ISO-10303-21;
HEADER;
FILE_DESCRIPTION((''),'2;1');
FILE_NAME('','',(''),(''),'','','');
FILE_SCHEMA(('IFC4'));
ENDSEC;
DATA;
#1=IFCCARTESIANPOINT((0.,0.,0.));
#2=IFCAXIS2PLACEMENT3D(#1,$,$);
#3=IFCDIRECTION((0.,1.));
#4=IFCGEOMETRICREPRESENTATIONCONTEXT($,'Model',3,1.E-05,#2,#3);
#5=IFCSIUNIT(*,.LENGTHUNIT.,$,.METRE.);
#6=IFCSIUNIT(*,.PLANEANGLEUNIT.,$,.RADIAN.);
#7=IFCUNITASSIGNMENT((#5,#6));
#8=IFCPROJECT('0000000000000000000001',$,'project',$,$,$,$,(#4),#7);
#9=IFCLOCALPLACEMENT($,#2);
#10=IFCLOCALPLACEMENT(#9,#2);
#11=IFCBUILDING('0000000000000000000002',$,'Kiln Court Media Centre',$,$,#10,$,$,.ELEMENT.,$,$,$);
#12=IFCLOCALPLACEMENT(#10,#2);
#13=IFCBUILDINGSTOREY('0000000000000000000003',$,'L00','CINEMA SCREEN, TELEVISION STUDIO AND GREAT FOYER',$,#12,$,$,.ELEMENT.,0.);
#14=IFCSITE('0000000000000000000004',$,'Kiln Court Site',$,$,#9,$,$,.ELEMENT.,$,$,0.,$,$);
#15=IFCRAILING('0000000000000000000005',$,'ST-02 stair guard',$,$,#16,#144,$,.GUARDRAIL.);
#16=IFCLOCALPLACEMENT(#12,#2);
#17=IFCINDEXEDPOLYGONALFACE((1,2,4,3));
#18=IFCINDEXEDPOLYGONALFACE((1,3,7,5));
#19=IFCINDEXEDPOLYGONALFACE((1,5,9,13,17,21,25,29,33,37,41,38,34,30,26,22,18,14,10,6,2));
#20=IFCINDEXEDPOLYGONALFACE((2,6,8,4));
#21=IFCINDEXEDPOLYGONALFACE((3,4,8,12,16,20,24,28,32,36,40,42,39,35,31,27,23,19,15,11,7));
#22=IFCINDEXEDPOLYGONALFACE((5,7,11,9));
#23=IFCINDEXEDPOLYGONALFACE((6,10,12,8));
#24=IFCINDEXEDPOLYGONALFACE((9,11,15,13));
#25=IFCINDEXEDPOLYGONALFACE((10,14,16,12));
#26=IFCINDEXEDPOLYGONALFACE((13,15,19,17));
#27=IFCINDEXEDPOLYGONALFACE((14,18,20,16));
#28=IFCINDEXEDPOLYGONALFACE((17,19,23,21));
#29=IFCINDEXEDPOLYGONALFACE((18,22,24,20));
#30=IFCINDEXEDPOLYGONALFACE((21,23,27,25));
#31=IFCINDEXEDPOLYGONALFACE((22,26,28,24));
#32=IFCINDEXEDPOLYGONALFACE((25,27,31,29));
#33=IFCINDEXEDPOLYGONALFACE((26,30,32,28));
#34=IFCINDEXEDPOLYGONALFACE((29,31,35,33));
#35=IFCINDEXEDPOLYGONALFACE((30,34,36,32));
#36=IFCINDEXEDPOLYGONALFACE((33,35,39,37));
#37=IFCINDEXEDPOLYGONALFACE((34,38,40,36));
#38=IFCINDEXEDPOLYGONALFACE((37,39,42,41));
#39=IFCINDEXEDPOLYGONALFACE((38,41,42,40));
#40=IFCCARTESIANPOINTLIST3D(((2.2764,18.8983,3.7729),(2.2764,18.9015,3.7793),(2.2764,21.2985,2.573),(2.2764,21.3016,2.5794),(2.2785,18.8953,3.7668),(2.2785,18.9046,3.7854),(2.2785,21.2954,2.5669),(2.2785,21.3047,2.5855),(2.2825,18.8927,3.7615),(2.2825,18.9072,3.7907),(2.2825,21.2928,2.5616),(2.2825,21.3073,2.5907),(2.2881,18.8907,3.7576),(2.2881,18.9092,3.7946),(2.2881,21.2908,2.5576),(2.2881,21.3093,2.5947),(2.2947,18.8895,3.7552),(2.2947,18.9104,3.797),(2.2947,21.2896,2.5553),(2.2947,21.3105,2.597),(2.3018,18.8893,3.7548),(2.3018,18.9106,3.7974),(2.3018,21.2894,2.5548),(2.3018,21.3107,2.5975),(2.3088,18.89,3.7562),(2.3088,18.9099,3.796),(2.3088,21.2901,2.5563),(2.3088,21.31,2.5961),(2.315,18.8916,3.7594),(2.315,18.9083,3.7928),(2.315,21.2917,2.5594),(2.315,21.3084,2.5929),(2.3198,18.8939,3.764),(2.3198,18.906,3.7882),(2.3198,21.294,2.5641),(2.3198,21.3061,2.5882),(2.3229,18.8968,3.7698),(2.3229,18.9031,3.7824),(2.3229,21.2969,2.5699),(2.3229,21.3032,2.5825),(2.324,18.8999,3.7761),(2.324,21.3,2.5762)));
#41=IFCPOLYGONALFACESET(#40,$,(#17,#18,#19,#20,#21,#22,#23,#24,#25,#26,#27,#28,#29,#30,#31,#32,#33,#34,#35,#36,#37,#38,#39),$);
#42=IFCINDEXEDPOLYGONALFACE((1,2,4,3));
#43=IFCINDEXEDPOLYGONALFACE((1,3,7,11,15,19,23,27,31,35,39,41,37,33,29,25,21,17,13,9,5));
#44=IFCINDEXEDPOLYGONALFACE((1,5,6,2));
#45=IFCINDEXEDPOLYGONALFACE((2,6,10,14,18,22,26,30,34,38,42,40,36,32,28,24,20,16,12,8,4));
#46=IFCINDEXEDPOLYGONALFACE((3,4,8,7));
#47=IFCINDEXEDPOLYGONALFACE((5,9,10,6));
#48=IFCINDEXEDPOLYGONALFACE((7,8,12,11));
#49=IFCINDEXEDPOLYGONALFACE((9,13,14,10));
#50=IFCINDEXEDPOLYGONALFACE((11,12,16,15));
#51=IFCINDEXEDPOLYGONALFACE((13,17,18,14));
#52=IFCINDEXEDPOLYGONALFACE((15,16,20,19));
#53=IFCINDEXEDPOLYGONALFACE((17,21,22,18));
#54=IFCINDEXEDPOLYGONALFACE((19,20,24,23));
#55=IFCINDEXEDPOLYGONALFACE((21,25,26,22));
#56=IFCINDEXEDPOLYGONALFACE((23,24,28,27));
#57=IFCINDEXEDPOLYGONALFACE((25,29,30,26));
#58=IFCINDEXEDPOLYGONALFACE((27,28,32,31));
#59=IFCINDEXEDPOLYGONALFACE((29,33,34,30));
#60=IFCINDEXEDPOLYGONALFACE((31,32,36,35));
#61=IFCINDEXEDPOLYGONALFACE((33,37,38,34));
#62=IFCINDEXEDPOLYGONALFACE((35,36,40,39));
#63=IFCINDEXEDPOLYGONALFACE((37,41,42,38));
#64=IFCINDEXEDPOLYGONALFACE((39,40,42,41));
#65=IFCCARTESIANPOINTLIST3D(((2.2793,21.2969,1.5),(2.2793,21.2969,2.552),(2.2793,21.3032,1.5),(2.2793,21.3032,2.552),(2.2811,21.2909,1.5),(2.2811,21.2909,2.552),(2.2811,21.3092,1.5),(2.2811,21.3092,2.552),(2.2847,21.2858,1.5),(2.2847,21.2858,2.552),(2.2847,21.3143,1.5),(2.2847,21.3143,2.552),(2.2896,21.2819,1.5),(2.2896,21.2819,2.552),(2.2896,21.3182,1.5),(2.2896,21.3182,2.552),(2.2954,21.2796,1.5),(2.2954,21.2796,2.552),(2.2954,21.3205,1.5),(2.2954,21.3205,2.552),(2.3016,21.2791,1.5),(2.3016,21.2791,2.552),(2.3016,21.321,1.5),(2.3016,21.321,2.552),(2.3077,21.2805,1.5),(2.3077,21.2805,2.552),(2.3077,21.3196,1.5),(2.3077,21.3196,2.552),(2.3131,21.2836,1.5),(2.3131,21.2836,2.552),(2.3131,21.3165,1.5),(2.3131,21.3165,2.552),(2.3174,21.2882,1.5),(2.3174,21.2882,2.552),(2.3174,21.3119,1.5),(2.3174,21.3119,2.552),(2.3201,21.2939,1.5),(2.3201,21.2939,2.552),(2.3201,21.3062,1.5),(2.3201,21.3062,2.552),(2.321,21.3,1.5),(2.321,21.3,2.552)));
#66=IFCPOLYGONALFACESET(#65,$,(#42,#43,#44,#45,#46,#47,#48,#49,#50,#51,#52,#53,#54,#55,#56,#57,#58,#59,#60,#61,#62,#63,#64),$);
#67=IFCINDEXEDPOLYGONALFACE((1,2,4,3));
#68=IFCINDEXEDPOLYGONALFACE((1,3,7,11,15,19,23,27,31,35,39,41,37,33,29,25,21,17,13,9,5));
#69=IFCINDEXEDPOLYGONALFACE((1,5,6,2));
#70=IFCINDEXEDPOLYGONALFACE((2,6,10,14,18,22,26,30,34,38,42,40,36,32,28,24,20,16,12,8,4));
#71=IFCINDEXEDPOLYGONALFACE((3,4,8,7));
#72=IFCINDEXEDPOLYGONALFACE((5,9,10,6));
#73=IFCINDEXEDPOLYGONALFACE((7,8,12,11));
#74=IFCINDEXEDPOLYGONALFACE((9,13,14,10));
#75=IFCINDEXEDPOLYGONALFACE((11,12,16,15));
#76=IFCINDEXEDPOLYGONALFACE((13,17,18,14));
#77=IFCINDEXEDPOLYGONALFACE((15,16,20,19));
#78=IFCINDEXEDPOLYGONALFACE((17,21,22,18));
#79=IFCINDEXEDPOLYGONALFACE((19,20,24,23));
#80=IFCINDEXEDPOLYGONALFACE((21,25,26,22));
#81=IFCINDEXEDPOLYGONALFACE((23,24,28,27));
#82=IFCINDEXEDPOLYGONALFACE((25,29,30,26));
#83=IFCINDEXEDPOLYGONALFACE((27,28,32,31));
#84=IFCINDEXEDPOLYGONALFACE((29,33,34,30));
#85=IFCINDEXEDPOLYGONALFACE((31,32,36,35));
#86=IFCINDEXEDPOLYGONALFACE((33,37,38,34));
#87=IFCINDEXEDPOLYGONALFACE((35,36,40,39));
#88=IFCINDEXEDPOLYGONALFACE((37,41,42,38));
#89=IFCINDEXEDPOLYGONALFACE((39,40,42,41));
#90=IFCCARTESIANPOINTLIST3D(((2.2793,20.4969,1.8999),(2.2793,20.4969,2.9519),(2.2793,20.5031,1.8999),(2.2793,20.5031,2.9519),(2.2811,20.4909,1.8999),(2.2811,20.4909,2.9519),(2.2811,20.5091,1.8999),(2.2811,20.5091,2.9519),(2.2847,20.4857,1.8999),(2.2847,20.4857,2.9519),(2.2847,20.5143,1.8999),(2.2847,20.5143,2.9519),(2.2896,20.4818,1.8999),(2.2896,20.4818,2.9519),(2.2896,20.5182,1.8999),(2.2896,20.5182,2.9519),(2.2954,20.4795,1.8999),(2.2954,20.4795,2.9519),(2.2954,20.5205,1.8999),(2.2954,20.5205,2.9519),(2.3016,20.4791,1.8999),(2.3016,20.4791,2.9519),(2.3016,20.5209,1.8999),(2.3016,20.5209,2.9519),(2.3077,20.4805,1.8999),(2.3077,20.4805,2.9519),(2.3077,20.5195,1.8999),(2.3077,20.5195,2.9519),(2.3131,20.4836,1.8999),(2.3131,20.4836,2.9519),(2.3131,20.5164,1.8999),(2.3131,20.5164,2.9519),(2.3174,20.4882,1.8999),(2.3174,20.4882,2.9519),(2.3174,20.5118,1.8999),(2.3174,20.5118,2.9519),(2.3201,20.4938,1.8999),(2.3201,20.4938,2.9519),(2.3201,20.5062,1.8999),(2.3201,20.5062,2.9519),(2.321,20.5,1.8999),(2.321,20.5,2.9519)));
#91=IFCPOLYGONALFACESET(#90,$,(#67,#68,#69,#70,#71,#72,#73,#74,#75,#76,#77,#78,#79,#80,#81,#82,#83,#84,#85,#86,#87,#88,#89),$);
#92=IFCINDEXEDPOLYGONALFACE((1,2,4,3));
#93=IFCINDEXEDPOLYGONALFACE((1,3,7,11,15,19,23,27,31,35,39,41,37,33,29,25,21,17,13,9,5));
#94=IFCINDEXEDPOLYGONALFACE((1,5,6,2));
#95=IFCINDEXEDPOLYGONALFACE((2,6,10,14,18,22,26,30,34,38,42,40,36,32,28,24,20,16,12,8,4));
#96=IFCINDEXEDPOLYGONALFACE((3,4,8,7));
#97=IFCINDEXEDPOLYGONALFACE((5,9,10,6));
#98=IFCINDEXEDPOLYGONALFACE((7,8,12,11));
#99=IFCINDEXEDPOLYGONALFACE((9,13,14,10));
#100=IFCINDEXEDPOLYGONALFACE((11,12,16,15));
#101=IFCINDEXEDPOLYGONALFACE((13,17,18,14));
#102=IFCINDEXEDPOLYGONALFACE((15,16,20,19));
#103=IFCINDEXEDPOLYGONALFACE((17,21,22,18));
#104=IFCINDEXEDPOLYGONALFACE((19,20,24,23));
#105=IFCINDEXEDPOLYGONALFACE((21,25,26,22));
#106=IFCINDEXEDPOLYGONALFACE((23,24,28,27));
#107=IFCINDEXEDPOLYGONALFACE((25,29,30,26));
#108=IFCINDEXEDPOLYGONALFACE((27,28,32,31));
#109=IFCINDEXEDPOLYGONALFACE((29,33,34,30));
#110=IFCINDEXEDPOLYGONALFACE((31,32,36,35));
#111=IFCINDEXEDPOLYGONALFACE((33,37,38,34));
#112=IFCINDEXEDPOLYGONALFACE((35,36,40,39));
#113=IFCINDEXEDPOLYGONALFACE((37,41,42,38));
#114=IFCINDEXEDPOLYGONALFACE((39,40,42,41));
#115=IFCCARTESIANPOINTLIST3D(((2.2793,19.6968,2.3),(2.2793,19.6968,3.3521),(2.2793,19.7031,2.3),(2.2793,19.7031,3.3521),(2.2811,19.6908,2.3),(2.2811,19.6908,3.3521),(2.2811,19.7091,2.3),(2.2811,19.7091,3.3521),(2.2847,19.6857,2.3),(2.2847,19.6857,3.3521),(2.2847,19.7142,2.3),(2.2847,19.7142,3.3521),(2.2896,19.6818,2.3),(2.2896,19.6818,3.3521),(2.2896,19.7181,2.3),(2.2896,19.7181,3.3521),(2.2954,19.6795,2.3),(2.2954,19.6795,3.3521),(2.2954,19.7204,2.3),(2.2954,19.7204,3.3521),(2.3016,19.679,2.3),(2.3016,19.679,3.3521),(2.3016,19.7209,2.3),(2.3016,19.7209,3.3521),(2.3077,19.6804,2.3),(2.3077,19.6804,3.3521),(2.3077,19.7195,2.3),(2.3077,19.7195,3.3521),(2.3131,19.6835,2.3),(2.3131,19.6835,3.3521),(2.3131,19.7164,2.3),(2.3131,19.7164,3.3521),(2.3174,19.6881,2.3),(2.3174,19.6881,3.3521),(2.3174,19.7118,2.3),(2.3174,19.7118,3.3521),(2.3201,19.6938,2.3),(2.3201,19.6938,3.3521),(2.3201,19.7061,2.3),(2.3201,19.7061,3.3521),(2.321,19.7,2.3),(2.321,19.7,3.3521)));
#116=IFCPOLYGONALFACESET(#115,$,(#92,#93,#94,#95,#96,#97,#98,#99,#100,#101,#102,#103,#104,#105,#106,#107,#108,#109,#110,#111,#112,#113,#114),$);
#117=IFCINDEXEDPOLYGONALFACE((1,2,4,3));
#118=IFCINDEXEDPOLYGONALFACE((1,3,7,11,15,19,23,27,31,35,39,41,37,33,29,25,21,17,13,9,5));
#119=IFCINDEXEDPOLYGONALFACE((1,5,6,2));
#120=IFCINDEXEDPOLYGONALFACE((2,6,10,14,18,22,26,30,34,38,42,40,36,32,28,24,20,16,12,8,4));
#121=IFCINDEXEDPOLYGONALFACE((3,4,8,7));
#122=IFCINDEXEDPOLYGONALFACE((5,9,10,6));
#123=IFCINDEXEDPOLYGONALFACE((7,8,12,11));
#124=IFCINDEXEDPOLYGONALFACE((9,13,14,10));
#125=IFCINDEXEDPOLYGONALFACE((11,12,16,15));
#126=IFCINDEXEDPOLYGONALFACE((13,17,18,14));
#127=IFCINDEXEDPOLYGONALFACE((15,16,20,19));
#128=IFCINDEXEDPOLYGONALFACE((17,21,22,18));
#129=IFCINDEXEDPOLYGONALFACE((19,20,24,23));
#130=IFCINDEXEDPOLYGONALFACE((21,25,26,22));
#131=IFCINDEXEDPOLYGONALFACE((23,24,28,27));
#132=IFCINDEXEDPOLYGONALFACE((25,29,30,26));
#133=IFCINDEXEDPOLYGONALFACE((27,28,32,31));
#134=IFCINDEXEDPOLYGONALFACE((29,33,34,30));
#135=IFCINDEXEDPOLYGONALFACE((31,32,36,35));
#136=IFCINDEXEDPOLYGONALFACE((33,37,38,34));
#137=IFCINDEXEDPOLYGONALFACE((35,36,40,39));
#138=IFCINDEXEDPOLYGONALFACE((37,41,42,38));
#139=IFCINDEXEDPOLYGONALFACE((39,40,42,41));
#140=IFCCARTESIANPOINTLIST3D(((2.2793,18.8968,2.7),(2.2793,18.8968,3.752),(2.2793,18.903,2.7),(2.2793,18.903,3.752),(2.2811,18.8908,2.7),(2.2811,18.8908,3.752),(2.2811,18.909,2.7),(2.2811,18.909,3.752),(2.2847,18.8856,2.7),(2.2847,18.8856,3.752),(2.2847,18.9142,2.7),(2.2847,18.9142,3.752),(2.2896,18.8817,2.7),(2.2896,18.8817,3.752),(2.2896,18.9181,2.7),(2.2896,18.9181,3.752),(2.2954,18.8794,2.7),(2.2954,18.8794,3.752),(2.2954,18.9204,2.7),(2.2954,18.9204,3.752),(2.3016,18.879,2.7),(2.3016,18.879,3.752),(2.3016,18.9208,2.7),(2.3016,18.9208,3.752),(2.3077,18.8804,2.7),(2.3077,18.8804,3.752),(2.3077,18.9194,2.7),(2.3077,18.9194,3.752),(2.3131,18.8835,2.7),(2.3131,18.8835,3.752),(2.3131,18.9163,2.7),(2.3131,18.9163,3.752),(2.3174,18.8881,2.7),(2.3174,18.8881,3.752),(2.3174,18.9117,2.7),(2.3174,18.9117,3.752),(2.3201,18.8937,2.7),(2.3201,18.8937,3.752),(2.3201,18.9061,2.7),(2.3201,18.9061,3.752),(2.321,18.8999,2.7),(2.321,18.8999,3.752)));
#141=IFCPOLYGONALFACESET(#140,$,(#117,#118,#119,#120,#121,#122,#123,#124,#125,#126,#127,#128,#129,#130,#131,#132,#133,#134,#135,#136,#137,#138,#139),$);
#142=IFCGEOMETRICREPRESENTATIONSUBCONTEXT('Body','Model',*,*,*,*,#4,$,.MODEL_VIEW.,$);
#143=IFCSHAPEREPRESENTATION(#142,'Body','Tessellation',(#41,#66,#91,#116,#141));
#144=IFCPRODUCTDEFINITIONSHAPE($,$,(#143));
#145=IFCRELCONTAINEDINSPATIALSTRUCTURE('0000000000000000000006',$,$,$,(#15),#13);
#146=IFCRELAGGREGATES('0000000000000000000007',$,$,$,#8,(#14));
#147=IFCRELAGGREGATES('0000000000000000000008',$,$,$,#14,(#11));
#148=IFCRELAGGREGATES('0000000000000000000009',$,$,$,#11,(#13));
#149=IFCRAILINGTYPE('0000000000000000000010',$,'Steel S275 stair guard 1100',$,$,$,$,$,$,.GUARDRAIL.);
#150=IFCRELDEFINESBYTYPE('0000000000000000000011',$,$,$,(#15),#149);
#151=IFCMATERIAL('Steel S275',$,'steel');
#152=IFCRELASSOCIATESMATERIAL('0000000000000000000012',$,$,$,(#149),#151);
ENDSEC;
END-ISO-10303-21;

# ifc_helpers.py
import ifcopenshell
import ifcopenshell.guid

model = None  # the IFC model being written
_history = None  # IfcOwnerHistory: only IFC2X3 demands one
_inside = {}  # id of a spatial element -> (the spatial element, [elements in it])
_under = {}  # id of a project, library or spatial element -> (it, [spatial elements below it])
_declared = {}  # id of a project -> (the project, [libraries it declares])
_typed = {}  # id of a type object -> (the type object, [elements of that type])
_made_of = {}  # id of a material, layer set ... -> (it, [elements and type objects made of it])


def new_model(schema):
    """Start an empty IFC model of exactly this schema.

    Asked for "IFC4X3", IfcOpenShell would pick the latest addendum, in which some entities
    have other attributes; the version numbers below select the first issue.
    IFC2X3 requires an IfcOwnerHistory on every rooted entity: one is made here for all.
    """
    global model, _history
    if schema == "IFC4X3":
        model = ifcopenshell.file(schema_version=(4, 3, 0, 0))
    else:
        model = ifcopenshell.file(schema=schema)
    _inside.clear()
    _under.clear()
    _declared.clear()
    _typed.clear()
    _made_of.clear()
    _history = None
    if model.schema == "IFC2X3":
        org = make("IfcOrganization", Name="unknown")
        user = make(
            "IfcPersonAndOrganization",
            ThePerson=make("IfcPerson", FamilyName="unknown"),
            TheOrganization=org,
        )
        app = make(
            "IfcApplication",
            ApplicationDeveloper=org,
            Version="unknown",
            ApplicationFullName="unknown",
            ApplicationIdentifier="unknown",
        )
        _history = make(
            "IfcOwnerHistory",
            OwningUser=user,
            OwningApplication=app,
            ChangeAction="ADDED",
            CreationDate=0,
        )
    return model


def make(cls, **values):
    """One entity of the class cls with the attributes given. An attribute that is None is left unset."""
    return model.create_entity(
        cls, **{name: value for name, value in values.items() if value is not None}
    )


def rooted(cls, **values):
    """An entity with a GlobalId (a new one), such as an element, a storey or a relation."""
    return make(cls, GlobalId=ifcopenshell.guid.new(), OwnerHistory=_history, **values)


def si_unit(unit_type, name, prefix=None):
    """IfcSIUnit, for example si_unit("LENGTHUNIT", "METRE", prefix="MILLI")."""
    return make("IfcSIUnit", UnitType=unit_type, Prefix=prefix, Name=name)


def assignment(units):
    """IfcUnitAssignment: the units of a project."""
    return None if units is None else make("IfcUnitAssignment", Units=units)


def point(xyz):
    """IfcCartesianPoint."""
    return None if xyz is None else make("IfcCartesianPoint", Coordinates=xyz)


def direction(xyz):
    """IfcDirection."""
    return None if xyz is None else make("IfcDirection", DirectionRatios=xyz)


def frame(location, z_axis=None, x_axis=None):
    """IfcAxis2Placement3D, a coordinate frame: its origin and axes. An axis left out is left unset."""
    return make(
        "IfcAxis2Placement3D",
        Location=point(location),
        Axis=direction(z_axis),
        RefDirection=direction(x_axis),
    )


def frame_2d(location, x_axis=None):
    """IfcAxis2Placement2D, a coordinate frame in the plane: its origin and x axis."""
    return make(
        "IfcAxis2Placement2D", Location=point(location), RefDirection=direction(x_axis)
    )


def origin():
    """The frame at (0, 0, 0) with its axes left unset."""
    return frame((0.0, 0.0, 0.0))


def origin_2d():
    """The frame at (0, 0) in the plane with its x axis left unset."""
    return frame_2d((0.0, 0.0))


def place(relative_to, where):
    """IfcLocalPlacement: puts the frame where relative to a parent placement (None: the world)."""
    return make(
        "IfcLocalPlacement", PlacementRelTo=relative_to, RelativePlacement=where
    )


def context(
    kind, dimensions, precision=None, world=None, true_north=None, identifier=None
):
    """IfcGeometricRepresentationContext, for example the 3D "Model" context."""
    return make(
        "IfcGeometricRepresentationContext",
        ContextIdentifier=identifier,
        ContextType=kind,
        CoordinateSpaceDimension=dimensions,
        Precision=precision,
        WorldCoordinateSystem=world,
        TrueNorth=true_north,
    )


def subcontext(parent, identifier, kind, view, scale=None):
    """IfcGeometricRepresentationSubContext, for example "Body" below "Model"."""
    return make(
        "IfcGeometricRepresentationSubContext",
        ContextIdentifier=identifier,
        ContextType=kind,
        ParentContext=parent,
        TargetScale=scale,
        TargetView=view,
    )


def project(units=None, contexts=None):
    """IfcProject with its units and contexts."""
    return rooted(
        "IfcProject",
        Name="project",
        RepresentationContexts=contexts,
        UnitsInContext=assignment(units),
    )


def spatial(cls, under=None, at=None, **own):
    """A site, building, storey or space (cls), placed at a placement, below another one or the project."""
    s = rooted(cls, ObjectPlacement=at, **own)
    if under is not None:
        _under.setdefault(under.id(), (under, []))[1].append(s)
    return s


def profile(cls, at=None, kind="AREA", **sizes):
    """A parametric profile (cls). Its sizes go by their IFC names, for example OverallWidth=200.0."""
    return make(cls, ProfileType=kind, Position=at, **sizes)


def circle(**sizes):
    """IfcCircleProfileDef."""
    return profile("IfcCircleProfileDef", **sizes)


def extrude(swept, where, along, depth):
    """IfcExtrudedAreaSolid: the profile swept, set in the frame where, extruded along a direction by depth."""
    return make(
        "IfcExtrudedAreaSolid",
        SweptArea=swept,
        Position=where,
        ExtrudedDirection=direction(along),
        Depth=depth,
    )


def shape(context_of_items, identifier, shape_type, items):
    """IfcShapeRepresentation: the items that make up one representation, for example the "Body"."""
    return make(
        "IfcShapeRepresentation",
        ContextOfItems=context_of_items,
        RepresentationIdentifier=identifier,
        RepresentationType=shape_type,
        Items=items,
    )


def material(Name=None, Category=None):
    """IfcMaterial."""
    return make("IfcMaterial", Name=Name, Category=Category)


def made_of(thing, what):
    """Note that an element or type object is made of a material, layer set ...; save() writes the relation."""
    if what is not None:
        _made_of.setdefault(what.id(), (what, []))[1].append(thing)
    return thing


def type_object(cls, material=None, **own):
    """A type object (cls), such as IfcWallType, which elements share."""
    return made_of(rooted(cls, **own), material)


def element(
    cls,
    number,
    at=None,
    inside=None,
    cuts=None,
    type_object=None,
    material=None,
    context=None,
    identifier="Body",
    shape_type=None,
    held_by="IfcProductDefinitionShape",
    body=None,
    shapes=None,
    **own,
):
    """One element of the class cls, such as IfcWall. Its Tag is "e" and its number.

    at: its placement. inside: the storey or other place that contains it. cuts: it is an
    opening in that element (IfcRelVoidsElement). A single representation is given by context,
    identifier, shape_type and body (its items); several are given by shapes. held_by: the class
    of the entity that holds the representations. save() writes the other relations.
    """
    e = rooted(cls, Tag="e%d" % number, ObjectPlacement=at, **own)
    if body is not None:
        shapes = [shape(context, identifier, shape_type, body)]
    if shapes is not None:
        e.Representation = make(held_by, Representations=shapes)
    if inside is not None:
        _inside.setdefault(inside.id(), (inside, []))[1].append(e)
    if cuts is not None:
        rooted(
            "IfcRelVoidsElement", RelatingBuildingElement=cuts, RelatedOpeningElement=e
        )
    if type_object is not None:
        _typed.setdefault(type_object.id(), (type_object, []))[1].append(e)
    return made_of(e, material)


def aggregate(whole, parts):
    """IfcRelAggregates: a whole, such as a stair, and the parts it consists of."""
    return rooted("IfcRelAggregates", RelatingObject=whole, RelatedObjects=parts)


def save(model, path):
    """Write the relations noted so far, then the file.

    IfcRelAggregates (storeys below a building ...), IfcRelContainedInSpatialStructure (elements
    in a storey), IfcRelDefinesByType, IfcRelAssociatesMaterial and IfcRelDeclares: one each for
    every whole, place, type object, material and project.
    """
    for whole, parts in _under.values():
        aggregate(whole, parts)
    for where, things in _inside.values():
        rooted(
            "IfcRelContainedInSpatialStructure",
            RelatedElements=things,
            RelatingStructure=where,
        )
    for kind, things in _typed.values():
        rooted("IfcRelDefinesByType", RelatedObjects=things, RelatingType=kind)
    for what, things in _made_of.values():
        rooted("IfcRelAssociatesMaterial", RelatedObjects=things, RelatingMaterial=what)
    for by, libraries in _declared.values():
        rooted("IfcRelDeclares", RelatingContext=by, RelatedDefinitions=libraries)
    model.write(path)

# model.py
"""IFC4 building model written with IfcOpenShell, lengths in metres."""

from ifc_helpers import new_model, si_unit, direction, frame, origin, origin_2d, place, context, subcontext, project, spatial, circle, extrude, material, type_object, element, save


model = new_model("IFC4")

# Units and contexts
model_context = context("Model", 3, precision=1e-05, world=origin(), true_north=direction((0.0, 1.0)))
body_context = subcontext(model_context, "Body", "Model", "MODEL_VIEW")
ifc_project = project(units=[si_unit("LENGTHUNIT", "METRE"), si_unit("PLANEANGLEUNIT", "RADIAN")], contexts=[model_context])

# Site, building, storey
site_placement = place(None, origin())
site = spatial("IfcSite", under=ifc_project, at=site_placement, Name="Kiln Court Site", CompositionType="ELEMENT", RefElevation=0.0)
building_placement = place(site_placement, origin())
building = spatial("IfcBuilding", under=site, at=building_placement, Name="Kiln Court Media Centre", CompositionType="ELEMENT")
storey_placement = place(building_placement, origin())
storey = spatial("IfcBuildingStorey", under=building, at=storey_placement, Name="L00", Description="CINEMA SCREEN, TELEVISION STUDIO AND GREAT FOYER", CompositionType="ELEMENT", Elevation=0.0)

# Railing
ifc_material_1 = material(Name="Steel S275", Category="steel")
railing_type_1 = type_object("IfcRailingType", Name="Steel S275 stair guard 1100", PredefinedType="GUARDRAIL", material=ifc_material_1)
railing_1_placement = place(storey_placement, frame((2.3, 21.3, 1.5)))
element("IfcRailing", 1, at=railing_1_placement, inside=storey, type_object=railing_type_1, Name="ST-02 stair guard", PredefinedType="GUARDRAIL", context=body_context, shape_type="SweptSolid", body=[
    extrude(circle(Radius=0.0239, at=origin_2d()), frame((0.0, 0.0, 1.0762), z_axis=(0.0, -0.894445, 0.447177), x_axis=(1.0, 0.0, 0.0)), (0.0, 0.0, 1.0), 2.6833),
    extrude(circle(Radius=0.021, at=origin_2d()), origin(), (0.0, 0.0, 1.0), 1.052),
    extrude(circle(Radius=0.021, at=origin_2d()), frame((0.0, -0.8, 0.3999)), (0.0, 0.0, 1.0), 1.052),
    extrude(circle(Radius=0.021, at=origin_2d()), frame((0.0, -1.6001, 0.8)), (0.0, 0.0, 1.0), 1.052),
    extrude(circle(Radius=0.021, at=origin_2d()), frame((0.0, -2.4001, 1.2)), (0.0, 0.0, 1.0), 1.052),
])

save(model, "model.ifc")
